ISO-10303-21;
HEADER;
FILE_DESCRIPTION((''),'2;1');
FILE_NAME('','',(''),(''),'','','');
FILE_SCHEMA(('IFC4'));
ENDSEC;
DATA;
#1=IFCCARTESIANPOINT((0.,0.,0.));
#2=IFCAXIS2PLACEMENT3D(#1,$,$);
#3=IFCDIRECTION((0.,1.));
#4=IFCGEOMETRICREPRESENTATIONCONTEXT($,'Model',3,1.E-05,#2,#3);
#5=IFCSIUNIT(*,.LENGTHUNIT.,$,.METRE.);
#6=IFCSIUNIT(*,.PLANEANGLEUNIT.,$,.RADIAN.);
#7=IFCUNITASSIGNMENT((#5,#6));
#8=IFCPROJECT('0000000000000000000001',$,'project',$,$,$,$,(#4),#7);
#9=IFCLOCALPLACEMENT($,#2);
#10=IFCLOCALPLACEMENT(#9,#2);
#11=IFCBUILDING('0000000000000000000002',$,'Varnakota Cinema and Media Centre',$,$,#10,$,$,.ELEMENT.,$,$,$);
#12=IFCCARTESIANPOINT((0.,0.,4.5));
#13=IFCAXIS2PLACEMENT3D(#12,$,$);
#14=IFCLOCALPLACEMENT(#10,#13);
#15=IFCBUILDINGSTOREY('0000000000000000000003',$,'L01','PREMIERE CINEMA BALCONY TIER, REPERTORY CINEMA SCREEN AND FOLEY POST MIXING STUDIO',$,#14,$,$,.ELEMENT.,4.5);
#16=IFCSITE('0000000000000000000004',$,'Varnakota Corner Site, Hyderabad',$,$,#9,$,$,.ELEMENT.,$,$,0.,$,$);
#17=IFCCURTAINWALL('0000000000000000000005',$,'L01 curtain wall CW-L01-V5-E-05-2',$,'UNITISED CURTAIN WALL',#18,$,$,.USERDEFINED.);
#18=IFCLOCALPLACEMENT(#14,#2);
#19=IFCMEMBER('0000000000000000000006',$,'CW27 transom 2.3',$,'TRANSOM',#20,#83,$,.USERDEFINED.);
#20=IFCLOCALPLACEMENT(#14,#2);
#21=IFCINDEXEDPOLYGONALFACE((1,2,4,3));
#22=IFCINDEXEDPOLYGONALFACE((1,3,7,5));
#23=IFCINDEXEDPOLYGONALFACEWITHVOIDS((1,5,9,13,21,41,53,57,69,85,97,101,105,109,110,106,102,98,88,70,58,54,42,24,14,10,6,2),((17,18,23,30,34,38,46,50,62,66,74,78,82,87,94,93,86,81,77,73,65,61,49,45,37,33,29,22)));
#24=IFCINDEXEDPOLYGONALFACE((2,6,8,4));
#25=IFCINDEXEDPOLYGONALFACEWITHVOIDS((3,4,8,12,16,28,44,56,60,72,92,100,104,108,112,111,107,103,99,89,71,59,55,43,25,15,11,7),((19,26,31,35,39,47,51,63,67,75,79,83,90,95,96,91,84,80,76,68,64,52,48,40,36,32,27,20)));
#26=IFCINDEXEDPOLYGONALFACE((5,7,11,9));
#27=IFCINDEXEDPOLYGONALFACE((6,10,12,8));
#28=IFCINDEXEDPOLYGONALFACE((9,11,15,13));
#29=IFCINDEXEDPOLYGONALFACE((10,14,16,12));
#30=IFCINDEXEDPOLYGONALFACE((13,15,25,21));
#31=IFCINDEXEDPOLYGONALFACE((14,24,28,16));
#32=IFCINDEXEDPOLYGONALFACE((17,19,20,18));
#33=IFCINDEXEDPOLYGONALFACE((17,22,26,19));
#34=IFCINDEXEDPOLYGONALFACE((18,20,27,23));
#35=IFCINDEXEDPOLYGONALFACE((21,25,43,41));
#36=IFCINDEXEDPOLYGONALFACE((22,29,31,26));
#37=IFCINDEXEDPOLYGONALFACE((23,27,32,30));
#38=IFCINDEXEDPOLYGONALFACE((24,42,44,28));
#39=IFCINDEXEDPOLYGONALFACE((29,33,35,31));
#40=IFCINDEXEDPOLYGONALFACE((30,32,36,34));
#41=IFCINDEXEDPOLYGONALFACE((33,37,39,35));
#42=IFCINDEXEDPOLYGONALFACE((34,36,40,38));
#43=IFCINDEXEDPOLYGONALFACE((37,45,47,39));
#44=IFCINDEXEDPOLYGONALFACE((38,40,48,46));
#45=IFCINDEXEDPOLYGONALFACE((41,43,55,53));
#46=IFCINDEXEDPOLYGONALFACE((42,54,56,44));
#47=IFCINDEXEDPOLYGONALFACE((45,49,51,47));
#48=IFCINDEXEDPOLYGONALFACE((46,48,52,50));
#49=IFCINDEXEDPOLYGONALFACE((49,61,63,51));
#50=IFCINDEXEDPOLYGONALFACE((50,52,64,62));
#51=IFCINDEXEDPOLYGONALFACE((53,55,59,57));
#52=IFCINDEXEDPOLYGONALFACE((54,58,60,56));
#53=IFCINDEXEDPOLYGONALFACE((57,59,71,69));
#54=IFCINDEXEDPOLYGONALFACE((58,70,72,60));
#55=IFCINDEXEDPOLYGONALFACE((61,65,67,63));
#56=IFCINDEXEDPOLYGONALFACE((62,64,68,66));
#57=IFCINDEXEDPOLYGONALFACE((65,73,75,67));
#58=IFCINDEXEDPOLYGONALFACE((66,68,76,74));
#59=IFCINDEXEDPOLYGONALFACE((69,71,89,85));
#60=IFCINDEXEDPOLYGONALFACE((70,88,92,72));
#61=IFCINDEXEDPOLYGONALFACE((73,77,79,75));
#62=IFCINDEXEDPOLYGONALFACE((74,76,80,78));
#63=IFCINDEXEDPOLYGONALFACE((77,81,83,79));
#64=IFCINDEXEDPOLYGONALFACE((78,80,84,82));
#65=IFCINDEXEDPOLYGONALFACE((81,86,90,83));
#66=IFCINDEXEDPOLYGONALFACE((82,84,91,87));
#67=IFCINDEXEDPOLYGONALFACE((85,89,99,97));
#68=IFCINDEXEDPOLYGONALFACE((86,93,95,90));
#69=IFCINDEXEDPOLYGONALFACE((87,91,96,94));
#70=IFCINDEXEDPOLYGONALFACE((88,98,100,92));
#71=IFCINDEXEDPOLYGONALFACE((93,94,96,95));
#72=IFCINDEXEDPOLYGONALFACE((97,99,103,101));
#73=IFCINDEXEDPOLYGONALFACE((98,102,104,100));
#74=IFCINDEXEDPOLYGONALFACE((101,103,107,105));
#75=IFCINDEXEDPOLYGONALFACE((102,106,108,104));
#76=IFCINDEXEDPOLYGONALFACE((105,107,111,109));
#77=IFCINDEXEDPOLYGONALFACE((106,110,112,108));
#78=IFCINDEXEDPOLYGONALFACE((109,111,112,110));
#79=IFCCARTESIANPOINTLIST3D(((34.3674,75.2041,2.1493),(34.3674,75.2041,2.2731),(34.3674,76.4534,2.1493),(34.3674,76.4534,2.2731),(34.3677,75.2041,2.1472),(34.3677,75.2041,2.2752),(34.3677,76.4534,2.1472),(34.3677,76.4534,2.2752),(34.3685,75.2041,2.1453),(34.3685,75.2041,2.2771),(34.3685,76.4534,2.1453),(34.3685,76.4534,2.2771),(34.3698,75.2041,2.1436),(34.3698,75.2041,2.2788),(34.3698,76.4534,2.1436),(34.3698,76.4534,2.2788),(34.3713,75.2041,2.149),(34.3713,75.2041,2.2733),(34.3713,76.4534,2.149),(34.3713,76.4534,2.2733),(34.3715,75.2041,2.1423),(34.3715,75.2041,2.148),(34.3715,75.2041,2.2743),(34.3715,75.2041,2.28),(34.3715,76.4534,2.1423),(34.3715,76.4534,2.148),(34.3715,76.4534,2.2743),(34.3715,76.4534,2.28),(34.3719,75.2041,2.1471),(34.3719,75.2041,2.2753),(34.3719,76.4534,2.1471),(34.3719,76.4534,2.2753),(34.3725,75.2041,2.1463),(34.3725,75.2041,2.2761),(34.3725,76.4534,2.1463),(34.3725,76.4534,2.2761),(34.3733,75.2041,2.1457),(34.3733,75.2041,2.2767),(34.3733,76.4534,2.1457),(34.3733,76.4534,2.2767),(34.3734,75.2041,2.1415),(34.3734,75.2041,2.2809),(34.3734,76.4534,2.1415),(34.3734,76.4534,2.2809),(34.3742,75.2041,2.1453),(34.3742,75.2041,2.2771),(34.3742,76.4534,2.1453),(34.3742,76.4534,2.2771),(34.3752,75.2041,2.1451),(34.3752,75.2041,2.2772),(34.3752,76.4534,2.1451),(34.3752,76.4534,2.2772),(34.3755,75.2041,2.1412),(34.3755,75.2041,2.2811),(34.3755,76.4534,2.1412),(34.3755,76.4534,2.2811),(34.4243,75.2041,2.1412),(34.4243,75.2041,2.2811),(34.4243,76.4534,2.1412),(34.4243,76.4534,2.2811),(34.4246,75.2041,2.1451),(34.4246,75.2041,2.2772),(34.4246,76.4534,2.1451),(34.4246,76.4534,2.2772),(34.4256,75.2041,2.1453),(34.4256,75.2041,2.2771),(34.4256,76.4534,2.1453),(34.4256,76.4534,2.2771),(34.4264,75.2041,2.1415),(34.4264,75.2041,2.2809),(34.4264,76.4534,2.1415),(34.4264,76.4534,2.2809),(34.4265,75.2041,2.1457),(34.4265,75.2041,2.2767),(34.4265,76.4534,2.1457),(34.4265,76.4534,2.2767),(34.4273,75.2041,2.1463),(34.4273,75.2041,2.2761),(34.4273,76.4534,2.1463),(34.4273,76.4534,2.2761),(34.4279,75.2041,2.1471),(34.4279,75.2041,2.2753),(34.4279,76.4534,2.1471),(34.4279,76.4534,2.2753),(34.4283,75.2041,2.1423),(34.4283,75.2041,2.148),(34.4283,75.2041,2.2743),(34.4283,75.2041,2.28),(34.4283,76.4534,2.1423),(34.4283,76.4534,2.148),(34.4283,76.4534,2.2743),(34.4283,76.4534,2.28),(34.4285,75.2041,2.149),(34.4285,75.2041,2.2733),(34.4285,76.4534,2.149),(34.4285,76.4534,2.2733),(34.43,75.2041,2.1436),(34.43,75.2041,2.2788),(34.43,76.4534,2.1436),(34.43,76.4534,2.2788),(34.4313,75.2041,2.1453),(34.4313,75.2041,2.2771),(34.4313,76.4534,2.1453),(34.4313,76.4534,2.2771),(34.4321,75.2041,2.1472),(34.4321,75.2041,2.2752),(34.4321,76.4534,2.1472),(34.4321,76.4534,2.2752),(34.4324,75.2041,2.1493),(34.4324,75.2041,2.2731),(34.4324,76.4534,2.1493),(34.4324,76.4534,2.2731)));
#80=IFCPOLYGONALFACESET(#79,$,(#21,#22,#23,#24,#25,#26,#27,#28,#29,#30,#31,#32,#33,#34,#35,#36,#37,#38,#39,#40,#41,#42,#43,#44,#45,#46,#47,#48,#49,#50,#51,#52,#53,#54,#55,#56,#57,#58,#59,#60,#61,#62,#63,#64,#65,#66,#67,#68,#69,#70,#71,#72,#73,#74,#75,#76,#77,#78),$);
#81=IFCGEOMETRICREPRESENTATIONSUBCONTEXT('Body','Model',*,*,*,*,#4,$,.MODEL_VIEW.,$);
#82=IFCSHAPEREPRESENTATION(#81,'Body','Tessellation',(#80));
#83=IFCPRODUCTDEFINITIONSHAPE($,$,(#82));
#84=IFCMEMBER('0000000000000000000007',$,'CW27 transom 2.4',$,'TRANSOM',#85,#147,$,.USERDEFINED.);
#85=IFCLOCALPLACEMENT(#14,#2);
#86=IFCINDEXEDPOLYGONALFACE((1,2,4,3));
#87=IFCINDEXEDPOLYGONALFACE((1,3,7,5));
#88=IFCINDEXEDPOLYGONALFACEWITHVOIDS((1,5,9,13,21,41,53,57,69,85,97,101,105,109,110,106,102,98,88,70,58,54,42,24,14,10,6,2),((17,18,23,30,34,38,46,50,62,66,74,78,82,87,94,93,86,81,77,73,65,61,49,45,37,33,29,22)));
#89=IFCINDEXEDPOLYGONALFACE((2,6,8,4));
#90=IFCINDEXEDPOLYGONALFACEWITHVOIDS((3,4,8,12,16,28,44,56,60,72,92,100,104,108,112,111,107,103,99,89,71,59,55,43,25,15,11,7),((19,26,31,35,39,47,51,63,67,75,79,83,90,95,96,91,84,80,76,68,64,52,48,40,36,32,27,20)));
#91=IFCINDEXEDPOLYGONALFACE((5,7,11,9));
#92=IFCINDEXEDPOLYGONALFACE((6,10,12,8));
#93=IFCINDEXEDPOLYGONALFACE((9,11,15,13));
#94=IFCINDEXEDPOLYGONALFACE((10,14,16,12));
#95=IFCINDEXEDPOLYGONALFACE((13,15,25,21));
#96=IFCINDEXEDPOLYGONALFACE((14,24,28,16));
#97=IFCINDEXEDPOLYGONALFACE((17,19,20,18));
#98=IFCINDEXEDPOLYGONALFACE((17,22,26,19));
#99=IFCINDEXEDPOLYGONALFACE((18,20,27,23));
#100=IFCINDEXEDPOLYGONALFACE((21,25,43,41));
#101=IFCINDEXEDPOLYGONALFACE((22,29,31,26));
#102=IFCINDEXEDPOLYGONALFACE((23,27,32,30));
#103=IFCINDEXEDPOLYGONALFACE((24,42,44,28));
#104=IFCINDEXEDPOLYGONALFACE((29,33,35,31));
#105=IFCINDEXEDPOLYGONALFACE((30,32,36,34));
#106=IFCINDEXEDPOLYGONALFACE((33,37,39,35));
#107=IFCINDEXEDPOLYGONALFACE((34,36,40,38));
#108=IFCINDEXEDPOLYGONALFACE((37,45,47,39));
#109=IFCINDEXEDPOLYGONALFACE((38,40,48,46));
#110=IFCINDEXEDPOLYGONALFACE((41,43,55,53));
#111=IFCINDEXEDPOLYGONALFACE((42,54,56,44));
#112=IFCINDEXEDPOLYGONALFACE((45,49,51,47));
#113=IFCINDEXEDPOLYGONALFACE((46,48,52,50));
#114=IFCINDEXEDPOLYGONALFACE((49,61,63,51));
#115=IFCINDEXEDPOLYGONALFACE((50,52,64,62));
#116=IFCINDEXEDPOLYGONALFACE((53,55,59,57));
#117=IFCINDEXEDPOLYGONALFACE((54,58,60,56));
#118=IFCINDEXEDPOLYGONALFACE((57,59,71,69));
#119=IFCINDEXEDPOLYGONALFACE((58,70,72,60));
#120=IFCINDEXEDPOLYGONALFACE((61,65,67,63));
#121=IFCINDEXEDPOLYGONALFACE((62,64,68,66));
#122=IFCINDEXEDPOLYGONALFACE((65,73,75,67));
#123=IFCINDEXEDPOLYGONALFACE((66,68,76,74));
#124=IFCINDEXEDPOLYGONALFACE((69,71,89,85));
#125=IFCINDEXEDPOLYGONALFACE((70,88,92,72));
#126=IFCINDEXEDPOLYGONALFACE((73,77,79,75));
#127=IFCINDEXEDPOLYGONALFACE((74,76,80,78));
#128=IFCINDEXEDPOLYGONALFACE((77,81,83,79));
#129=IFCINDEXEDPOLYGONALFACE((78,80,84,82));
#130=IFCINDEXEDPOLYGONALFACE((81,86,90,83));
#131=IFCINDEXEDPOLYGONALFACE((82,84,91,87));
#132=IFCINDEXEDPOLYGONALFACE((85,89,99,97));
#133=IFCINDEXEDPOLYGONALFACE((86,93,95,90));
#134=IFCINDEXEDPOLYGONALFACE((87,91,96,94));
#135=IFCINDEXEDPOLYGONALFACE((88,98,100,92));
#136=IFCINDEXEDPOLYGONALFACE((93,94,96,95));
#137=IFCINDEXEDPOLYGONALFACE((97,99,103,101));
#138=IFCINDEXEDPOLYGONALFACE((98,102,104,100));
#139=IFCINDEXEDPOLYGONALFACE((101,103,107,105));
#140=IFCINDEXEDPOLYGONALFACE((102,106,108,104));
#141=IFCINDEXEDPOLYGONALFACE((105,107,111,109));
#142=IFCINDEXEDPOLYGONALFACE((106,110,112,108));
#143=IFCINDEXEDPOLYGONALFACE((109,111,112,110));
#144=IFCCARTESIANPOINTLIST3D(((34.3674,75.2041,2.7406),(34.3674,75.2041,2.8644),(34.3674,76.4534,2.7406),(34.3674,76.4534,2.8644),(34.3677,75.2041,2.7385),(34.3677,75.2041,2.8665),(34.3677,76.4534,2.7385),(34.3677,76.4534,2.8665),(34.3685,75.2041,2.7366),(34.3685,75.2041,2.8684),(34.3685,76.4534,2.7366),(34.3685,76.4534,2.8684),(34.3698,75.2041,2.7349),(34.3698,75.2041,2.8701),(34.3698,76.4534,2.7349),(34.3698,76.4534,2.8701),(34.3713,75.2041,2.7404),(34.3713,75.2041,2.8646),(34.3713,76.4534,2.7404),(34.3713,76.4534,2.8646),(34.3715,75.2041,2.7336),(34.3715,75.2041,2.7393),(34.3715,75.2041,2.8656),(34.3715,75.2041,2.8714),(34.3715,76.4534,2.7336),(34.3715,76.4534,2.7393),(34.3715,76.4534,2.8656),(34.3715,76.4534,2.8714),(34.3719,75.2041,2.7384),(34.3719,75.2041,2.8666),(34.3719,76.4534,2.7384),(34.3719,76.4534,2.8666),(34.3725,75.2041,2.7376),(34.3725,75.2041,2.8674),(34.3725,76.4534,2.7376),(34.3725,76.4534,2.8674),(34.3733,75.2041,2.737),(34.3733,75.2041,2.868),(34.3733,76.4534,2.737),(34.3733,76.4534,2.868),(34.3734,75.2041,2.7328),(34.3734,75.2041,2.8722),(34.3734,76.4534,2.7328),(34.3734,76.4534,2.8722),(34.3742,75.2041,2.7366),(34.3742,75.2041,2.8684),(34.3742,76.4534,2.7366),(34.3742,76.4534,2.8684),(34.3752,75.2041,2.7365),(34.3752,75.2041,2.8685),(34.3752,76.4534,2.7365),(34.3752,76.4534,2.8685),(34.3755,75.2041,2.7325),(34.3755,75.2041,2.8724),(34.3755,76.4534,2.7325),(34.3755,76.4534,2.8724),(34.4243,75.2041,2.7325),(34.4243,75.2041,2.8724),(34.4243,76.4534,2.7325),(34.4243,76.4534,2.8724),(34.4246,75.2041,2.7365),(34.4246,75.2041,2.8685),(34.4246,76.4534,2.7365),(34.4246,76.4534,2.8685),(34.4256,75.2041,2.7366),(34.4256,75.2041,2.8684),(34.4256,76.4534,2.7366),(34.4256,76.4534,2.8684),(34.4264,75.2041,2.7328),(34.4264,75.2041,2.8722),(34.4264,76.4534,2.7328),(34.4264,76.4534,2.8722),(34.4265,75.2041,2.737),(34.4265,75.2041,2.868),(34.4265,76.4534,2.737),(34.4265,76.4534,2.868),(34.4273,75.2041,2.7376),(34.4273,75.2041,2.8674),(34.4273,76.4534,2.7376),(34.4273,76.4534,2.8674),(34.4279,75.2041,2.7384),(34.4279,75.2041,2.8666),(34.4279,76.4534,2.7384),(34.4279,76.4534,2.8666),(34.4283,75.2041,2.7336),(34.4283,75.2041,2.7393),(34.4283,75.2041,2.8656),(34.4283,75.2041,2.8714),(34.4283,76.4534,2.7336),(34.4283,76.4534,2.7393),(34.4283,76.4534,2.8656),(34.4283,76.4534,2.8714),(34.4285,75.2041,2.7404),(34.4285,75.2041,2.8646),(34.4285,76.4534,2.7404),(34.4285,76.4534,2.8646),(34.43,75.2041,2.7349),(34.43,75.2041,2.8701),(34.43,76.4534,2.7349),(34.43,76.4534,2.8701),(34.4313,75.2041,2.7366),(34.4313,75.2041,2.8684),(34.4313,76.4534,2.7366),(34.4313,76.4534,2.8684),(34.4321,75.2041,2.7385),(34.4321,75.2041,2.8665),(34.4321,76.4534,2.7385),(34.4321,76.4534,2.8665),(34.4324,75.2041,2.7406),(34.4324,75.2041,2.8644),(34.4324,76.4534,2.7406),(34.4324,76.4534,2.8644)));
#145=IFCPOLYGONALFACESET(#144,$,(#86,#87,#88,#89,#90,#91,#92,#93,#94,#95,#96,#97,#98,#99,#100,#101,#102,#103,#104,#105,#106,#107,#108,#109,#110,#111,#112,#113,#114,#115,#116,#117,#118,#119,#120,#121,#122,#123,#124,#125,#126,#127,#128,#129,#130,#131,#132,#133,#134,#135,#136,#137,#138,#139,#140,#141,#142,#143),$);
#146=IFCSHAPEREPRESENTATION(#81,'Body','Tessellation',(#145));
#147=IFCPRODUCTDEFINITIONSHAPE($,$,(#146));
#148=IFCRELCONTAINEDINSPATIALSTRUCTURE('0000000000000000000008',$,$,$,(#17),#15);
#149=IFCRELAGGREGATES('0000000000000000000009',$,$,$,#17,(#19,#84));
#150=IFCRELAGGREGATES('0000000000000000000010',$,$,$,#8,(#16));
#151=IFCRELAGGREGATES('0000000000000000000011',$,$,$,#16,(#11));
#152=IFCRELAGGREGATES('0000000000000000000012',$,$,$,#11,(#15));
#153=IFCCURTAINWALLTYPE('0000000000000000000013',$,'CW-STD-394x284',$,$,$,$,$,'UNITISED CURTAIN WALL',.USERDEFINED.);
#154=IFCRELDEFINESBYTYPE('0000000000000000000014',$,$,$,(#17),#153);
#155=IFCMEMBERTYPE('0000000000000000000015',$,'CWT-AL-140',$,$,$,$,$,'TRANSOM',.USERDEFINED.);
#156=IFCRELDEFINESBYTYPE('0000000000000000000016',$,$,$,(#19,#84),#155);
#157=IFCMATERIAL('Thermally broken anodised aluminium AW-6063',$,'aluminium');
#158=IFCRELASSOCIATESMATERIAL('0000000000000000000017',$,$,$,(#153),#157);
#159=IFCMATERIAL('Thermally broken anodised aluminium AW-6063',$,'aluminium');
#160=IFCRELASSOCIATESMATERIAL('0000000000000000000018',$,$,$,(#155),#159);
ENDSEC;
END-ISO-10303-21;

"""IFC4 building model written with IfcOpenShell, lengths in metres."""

from ifc_helpers import new_model, si_unit, direction, frame, origin, origin_2d, place, context, subcontext, project, spatial, hollow_rectangle, extrude, material, material_profile, profile_set, type_object, element, aggregate, save


model = new_model("IFC4")

# Units and contexts
model_context = context("Model", 3, precision=1e-05, world=origin(), true_north=direction((0.0, 1.0)))
body_context = subcontext(model_context, "Body", "Model", "MODEL_VIEW")
ifc_project = project(units=[si_unit("LENGTHUNIT", "METRE"), si_unit("PLANEANGLEUNIT", "RADIAN")], contexts=[model_context])

# Site, building, storey
site_placement = place(None, origin())
site = spatial("IfcSite", under=ifc_project, at=site_placement, Name="Varnakota Corner Site, Hyderabad", CompositionType="ELEMENT", RefElevation=0.0)
building_placement = place(site_placement, origin())
building = spatial("IfcBuilding", under=site, at=building_placement, Name="Varnakota Cinema and Media Centre", CompositionType="ELEMENT")
storey_placement = place(building_placement, frame((0.0, 0.0, 4.5)))
storey = spatial("IfcBuildingStorey", under=building, at=storey_placement, Name="L01", Description="PREMIERE CINEMA BALCONY TIER, REPERTORY CINEMA SCREEN AND FOLEY POST MIXING STUDIO", CompositionType="ELEMENT", Elevation=4.5)

# Shared definitions
ifc_material_1 = material(Name="Thermally broken anodised aluminium AW-6063", Category="aluminium")
curtain_wall_type = type_object("IfcCurtainWallType", Name="CW-STD-394x284", ElementType="UNITISED CURTAIN WALL", PredefinedType="USERDEFINED", material=ifc_material_1)

# Curtain wall, members
curtain_wall_1_placement = place(storey_placement, origin())
curtain_wall_1 = element("IfcCurtainWall", 1, at=curtain_wall_1_placement, inside=storey, type_object=curtain_wall_type, Name="L01 curtain wall CW-L01-V5-E-05-2", ObjectType="UNITISED CURTAIN WALL", PredefinedType="USERDEFINED")
ifc_material_2 = material(Name="Thermally broken anodised aluminium AW-6063", Category="aluminium")
ifc_material_profile_1 = material_profile(ifc_material_2, hollow_rectangle(XDim=0.0649, YDim=0.1399, WallThickness=0.0039, InnerFilletRadius=0.0039, OuterFilletRadius=0.0081, at=origin_2d()), Name="AL-TRANSOM 140x65x4")
ifc_profile_set_1 = profile_set([ifc_material_profile_1], Name="Thermally broken anodised aluminium AW-6063")
member_type_1 = type_object("IfcMemberType", Name="CWT-AL-140", ElementType="TRANSOM", PredefinedType="USERDEFINED", material=ifc_profile_set_1)
member_1_placement = place(storey_placement, frame((34.3999, 75.2041, 2.2112), z_axis=(0.0, 1.0, 0.0), x_axis=(-1.0, 0.0, 0.0)))
member_1 = element("IfcMember", 2, at=member_1_placement, type_object=member_type_1, Name="CW27 transom 2.3", ObjectType="TRANSOM", PredefinedType="USERDEFINED", context=body_context, shape_type="SweptSolid", body=[
    extrude(hollow_rectangle(XDim=0.0649, YDim=0.1399, WallThickness=0.0039, InnerFilletRadius=0.0039, OuterFilletRadius=0.0081, at=origin_2d()), origin(), (0.0, 0.0, 1.0), 1.2493),
])
member_2_placement = place(storey_placement, frame((34.3999, 75.2041, 2.8025), z_axis=(0.0, 1.0, 0.0), x_axis=(-1.0, 0.0, 0.0)))
member_2 = element("IfcMember", 3, at=member_2_placement, type_object=member_type_1, Name="CW27 transom 2.4", ObjectType="TRANSOM", PredefinedType="USERDEFINED", context=body_context, shape_type="SweptSolid", body=[
    extrude(hollow_rectangle(XDim=0.0649, YDim=0.1399, WallThickness=0.0039, InnerFilletRadius=0.0039, OuterFilletRadius=0.0081, at=origin_2d()), origin(), (0.0, 0.0, 1.0), 1.2493),
])

aggregate(curtain_wall_1, [member_1, member_2])

save(model, "model.ifc")
